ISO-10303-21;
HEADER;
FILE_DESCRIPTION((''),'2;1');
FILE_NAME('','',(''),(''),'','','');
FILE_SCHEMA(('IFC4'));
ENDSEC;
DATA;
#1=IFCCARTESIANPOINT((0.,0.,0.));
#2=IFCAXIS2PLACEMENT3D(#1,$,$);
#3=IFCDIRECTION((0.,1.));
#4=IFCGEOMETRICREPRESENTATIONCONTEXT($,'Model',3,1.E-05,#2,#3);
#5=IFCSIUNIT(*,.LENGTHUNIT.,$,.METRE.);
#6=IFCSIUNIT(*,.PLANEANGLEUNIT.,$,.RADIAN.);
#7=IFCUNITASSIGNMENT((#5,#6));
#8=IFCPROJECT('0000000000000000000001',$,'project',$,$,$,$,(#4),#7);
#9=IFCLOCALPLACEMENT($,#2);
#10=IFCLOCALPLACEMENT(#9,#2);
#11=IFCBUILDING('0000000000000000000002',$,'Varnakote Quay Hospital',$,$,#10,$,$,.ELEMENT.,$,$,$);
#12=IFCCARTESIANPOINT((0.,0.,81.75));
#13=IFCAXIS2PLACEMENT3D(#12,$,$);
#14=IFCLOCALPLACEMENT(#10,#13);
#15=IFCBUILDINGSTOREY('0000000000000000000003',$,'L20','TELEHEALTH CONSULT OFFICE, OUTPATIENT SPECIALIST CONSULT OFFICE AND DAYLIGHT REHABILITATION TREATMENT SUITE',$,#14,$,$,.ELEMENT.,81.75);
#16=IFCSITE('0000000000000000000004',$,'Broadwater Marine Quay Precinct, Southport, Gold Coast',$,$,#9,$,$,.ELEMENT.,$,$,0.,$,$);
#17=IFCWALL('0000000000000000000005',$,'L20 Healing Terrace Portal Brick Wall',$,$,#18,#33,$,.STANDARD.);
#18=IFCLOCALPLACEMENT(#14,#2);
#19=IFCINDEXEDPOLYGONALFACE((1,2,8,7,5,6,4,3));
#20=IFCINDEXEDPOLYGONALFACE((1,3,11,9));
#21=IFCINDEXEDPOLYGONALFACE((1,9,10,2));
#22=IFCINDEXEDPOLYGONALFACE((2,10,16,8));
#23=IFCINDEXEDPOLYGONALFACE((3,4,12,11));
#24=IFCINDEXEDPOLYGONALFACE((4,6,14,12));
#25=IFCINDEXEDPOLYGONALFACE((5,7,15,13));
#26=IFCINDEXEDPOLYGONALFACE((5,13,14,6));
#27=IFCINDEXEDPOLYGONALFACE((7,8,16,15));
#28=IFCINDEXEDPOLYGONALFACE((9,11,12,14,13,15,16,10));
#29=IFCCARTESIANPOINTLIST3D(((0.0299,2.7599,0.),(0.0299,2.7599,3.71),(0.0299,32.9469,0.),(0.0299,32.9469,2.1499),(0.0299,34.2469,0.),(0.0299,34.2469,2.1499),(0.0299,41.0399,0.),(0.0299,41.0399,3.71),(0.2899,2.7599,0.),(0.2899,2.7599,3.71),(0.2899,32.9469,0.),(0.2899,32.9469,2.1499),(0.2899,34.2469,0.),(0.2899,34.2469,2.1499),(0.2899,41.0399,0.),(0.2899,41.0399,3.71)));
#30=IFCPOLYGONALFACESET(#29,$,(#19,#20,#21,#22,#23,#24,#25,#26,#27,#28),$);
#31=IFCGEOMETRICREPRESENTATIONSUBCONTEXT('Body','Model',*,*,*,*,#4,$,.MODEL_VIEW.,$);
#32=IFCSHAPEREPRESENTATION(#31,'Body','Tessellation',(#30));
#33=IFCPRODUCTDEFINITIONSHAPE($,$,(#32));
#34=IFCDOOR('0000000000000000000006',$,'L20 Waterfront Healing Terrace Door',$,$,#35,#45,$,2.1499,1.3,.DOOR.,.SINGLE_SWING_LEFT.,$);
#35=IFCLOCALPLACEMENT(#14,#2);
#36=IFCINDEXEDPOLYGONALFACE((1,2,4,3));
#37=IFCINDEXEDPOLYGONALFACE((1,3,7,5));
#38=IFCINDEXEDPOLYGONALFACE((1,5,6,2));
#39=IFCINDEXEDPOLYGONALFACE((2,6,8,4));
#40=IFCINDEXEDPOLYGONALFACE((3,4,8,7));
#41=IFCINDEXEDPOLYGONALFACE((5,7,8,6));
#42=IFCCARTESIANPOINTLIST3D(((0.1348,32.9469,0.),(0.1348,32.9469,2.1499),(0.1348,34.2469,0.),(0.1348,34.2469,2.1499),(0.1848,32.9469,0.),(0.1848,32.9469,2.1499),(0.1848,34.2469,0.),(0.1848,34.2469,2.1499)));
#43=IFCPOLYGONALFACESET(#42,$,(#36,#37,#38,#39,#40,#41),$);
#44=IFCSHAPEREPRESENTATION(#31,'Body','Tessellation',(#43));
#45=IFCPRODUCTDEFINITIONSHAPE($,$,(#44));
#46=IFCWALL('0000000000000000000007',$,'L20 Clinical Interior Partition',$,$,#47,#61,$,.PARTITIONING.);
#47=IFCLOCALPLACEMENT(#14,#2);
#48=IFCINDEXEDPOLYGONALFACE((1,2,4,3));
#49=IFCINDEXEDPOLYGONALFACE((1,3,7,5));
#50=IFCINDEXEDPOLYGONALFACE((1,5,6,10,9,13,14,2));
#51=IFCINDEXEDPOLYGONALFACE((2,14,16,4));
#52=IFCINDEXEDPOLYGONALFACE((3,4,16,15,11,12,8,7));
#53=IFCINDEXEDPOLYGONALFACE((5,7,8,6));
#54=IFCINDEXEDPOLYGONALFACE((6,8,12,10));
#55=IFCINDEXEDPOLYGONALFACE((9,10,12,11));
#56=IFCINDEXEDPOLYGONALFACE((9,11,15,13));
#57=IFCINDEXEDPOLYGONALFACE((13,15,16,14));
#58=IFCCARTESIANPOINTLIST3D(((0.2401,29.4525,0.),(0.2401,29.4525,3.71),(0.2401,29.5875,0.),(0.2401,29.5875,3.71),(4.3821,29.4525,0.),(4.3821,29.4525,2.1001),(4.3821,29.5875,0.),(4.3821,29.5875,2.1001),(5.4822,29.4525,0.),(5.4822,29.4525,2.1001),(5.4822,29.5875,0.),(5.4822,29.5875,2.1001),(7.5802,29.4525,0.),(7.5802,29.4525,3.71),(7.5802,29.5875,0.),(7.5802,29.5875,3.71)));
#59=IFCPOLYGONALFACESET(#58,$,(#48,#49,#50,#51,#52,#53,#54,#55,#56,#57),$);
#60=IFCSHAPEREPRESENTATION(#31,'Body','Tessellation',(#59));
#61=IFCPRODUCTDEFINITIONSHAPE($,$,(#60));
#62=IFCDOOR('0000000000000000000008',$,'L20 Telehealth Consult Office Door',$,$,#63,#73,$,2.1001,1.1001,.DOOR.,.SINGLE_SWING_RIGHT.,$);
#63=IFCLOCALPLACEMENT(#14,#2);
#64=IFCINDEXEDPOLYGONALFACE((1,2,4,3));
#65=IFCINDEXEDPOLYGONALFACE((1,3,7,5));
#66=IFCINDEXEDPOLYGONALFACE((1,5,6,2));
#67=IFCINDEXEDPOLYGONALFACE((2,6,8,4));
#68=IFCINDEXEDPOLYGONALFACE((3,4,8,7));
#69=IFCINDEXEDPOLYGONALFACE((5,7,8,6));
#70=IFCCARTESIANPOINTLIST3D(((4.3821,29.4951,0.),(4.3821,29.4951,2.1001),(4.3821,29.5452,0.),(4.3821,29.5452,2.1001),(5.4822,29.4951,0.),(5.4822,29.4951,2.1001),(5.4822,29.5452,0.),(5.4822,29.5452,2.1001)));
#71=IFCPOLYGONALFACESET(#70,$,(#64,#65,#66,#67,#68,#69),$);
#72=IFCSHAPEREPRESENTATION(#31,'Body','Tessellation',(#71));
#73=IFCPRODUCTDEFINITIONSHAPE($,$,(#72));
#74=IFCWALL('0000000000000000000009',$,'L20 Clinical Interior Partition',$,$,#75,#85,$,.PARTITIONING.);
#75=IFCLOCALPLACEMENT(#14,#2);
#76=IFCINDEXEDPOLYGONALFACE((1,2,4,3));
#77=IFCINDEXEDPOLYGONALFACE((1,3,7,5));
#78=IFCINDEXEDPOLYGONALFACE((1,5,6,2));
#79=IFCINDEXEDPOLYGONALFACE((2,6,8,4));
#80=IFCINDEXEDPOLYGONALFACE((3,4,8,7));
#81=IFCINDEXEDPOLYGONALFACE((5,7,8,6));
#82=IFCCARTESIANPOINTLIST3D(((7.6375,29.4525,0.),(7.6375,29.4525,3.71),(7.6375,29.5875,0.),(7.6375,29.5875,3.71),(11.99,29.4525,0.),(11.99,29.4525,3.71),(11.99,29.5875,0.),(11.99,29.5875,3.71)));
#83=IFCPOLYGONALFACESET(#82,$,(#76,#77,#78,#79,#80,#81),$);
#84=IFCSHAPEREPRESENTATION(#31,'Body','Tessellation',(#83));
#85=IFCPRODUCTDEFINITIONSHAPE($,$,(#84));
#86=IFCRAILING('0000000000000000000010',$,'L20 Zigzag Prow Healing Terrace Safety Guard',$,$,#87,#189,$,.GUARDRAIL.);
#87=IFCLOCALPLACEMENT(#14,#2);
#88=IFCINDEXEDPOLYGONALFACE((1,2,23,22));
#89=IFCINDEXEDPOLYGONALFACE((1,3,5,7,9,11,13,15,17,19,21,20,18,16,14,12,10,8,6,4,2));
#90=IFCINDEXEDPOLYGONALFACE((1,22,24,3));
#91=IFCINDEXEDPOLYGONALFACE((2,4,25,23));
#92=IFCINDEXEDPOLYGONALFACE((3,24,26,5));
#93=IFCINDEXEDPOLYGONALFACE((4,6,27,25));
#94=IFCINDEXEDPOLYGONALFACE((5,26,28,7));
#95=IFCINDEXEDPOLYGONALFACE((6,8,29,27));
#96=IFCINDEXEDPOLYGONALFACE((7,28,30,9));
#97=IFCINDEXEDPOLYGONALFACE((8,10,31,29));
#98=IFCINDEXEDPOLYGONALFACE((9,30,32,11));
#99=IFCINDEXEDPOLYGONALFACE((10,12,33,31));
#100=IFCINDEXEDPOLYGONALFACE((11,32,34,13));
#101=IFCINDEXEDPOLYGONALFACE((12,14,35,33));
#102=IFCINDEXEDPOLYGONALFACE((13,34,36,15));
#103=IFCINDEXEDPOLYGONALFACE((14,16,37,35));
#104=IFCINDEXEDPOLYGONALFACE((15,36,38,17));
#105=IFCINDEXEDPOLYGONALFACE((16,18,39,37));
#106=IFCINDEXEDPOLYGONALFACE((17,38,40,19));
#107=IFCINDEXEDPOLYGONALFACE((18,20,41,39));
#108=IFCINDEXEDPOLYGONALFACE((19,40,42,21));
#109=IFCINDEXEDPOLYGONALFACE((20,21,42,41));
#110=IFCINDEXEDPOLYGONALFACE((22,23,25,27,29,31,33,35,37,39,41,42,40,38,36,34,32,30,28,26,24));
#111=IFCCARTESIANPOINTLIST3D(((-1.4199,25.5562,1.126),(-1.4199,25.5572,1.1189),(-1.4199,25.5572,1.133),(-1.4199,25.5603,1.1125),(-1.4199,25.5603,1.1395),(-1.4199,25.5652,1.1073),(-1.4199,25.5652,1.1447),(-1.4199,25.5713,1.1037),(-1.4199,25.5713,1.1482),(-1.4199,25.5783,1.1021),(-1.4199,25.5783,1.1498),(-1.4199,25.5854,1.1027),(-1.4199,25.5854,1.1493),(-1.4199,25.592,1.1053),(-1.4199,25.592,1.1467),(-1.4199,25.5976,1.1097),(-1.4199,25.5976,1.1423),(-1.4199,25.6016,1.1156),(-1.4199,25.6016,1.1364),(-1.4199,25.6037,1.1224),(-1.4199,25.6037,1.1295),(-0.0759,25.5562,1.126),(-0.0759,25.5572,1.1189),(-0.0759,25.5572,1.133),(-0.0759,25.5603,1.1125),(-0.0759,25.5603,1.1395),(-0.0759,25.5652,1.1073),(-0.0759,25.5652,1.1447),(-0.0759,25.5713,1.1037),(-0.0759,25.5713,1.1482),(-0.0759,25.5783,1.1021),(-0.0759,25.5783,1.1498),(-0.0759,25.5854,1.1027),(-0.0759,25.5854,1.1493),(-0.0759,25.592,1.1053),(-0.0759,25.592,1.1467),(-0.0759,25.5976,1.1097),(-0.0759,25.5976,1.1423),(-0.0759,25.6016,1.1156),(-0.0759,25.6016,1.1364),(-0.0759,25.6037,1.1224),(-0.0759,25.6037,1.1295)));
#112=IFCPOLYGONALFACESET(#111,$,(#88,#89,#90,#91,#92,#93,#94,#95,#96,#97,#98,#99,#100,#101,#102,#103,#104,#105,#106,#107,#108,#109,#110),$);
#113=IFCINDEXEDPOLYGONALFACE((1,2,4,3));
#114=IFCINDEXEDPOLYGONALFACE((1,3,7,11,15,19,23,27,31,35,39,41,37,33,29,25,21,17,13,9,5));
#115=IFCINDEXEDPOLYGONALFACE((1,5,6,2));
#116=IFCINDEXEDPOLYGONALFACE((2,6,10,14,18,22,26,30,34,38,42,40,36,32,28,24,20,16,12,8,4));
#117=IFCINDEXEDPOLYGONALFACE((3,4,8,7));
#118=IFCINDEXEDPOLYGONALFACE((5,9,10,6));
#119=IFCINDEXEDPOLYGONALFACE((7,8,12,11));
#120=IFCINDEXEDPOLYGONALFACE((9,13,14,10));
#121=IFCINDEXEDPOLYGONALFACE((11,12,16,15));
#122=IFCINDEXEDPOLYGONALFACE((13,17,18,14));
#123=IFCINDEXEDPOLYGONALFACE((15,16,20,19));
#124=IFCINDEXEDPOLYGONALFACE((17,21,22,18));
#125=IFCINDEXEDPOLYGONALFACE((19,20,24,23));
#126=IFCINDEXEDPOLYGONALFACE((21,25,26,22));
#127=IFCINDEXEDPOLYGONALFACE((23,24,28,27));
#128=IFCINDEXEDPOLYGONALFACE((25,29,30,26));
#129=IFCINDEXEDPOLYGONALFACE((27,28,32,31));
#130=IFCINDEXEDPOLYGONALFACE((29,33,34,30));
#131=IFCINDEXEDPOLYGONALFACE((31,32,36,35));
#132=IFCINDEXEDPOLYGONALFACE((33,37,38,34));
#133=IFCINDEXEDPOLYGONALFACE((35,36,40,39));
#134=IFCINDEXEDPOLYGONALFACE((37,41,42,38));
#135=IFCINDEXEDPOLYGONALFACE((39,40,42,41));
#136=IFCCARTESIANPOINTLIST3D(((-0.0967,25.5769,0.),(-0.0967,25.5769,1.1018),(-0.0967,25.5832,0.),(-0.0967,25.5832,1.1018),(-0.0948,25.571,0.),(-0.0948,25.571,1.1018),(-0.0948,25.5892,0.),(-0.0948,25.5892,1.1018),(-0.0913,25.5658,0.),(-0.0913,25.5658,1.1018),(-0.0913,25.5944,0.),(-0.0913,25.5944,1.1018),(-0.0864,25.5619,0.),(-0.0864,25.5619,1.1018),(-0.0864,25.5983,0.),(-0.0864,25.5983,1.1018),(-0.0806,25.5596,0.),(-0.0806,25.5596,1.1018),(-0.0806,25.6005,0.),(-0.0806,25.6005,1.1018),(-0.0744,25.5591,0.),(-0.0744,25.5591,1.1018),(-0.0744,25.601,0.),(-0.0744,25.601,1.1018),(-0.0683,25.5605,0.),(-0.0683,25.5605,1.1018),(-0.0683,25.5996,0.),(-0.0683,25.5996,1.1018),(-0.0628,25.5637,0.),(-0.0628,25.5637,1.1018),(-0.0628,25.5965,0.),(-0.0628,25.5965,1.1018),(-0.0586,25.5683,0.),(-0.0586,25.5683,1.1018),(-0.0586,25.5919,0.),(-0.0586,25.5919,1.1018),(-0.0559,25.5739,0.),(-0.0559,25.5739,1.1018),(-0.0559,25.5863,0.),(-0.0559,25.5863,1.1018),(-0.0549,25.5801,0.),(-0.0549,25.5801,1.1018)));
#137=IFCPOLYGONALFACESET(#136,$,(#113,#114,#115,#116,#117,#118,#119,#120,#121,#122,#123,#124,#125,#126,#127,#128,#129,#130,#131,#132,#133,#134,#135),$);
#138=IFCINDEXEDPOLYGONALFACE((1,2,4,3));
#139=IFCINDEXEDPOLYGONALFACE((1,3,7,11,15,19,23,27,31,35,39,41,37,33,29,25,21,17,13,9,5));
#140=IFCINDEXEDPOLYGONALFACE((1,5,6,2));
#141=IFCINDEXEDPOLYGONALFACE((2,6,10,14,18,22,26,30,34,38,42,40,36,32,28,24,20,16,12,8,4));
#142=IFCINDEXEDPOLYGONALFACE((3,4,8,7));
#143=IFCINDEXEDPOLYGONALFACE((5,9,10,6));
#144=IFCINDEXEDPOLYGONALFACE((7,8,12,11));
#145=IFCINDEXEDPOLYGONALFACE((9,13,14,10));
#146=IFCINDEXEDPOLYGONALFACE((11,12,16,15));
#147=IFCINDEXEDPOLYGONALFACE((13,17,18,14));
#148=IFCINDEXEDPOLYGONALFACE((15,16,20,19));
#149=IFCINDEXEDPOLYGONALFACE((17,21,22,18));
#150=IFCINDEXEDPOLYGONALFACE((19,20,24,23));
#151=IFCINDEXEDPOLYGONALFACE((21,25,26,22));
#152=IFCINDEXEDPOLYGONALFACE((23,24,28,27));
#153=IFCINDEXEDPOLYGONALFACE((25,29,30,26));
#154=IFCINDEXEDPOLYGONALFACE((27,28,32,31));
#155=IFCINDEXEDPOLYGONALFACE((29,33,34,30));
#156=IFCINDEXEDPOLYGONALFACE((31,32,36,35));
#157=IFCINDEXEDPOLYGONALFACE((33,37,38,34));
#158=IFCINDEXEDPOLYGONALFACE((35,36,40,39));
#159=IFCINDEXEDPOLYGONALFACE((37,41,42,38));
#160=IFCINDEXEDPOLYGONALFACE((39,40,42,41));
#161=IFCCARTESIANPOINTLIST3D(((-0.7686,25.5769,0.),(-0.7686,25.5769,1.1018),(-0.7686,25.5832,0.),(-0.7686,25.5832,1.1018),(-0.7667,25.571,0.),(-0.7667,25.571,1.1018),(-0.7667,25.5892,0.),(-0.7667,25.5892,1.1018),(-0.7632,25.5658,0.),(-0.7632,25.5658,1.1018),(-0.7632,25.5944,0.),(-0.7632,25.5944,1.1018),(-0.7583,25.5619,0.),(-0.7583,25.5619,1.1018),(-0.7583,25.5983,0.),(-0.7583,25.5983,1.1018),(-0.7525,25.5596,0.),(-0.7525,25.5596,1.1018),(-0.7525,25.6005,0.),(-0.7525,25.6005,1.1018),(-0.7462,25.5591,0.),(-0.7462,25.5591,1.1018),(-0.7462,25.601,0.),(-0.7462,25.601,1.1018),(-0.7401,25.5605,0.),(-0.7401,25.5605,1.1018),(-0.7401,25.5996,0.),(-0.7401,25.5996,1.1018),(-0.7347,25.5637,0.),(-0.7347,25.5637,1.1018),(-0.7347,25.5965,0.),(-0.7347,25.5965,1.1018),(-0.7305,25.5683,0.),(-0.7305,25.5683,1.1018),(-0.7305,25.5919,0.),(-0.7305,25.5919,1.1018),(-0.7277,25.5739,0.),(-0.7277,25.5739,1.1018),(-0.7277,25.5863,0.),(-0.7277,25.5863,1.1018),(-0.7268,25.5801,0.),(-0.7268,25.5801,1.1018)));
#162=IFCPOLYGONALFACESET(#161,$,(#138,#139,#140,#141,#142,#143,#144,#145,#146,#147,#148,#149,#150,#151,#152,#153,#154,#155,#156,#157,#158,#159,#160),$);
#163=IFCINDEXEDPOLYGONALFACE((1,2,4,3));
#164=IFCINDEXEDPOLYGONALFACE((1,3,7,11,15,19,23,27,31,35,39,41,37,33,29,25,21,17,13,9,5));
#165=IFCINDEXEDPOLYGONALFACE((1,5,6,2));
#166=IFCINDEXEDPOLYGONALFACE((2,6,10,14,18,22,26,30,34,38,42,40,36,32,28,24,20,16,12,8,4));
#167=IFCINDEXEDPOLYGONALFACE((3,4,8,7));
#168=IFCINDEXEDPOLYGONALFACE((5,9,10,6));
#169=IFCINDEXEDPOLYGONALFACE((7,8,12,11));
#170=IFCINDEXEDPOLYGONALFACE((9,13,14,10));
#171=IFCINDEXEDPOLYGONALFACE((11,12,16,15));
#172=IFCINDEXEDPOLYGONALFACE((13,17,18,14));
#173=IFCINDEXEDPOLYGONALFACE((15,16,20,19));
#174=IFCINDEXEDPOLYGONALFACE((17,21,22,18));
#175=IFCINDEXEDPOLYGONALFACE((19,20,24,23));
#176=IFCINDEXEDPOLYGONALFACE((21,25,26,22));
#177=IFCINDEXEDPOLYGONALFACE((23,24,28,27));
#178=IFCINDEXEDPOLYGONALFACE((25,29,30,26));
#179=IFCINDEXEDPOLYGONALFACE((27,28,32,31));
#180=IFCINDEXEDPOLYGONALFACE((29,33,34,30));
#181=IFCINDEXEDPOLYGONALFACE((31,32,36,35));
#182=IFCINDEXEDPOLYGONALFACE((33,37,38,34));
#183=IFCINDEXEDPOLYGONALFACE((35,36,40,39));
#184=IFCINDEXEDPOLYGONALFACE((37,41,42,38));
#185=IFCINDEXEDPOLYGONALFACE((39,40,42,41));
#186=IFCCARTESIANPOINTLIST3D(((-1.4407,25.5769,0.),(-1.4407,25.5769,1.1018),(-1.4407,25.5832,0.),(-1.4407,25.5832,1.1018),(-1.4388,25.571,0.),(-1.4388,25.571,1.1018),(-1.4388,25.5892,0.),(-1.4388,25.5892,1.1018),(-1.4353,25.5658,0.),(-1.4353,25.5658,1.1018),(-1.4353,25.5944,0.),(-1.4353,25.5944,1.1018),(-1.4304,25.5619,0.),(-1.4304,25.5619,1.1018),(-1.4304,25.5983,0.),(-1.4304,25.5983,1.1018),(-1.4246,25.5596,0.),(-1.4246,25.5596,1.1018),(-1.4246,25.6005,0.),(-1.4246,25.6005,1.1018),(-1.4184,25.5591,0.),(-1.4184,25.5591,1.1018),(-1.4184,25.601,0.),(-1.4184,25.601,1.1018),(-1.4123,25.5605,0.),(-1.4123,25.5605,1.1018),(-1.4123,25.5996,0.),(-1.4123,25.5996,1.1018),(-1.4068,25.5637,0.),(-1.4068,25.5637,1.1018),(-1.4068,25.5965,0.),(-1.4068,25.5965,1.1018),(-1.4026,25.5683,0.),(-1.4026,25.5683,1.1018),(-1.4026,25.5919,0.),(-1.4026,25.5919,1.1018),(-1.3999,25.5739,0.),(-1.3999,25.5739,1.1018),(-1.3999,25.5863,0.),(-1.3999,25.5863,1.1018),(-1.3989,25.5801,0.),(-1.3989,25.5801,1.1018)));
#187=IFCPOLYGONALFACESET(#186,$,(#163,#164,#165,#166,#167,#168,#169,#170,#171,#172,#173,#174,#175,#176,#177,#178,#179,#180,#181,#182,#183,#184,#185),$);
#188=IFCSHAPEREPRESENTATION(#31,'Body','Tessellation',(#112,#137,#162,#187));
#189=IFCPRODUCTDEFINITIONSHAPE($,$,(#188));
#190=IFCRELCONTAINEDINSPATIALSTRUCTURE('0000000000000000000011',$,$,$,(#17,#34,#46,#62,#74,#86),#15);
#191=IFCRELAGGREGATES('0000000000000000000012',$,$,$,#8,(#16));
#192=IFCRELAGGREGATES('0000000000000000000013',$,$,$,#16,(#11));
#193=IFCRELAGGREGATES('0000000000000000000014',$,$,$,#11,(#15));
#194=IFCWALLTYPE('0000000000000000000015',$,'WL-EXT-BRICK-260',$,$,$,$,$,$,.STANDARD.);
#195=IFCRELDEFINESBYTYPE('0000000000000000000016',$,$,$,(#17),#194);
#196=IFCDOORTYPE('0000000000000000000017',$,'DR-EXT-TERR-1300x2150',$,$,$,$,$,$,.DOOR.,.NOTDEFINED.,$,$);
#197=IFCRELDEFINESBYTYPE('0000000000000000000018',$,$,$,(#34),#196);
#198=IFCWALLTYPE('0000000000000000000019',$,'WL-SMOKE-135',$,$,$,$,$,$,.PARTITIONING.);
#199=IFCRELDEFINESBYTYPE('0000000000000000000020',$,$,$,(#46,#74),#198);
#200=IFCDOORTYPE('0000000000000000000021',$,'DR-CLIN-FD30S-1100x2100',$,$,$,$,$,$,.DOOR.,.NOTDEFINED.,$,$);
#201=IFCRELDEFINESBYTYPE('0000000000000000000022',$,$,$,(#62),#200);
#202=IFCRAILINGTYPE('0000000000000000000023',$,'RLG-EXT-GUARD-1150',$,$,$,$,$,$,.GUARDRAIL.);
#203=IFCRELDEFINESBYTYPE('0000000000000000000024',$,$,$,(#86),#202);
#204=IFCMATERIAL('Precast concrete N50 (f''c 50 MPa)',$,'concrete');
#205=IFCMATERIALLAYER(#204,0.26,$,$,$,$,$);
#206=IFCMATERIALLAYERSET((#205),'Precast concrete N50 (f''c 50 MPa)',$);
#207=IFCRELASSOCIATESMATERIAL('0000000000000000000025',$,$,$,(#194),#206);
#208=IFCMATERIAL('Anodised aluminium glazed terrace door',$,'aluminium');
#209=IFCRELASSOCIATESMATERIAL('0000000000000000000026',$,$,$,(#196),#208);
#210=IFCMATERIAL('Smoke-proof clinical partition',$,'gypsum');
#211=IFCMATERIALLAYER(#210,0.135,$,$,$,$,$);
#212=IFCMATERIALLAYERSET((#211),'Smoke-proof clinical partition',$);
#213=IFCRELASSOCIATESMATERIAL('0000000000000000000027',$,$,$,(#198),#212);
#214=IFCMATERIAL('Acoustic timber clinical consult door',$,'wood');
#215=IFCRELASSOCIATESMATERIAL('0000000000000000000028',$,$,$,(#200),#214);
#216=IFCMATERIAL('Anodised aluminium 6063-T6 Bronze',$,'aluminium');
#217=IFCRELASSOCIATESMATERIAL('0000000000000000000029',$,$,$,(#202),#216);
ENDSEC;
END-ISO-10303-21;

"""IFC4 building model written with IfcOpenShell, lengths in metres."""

from ifc_helpers import new_model, si_unit, direction, frame, frame_2d, origin, origin_2d, place, context, subcontext, project, spatial, rectangle, circle, extrude, material, layer, layer_set, type_object, element, fill, save


model = new_model("IFC4")

# Units and contexts
model_context = context("Model", 3, precision=1e-05, world=origin(), true_north=direction((0.0, 1.0)))
body_context = subcontext(model_context, "Body", "Model", "MODEL_VIEW")
ifc_project = project(units=[si_unit("LENGTHUNIT", "METRE"), si_unit("PLANEANGLEUNIT", "RADIAN")], contexts=[model_context])

# Site, building, storey
site_placement = place(None, origin())
site = spatial("IfcSite", under=ifc_project, at=site_placement, Name="Broadwater Marine Quay Precinct, Southport, Gold Coast", CompositionType="ELEMENT", RefElevation=0.0)
building_placement = place(site_placement, origin())
building = spatial("IfcBuilding", under=site, at=building_placement, Name="Varnakote Quay Hospital", CompositionType="ELEMENT")
storey_placement = place(building_placement, frame((0.0, 0.0, 81.75)))
storey = spatial("IfcBuildingStorey", under=building, at=storey_placement, Name="L20", Description="TELEHEALTH CONSULT OFFICE, OUTPATIENT SPECIALIST CONSULT OFFICE AND DAYLIGHT REHABILITATION TREATMENT SUITE", CompositionType="ELEMENT", Elevation=81.75)

# Shared definitions
ifc_material_1 = material(Name="Precast concrete N50 (f'c 50 MPa)", Category="concrete")
ifc_layer_1 = layer(ifc_material_1, 0.26)
ifc_layer_set_1 = layer_set([ifc_layer_1], Name="Precast concrete N50 (f'c 50 MPa)")
wall_type_1 = type_object("IfcWallType", Name="WL-EXT-BRICK-260", PredefinedType="STANDARD", material=ifc_layer_set_1)

# Walls, openings, doors
wall_1_placement = place(storey_placement, frame((0.1599, 41.04, 0.0), z_axis=(0.0, 0.0, 1.0), x_axis=(0.0, -1.0, 0.0)))
wall_1 = element("IfcWall", 1, at=wall_1_placement, inside=storey, type_object=wall_type_1, Name="L20 Healing Terrace Portal Brick Wall", PredefinedType="STANDARD", context=body_context, shape_type="SweptSolid", body=[
    extrude(rectangle(XDim=38.28, YDim=0.26, at=frame_2d((19.1401, 0.0))), origin(), (0.0, 0.0, 1.0), 3.71),
])
opening_1_placement = place(wall_1_placement, frame((6.7932, 0.0, 0.0)))
opening_1 = element("IfcOpeningElement", 2, at=opening_1_placement, cuts=wall_1, PredefinedType="OPENING", context=body_context, shape_type="SweptSolid", body=[
    extrude(rectangle(XDim=1.3, YDim=2.1499, at=frame_2d((0.6499, 1.075))), frame((0.0, 0.1399, 0.0), z_axis=(0.0, -1.0, 0.0), x_axis=(1.0, 0.0, 0.0)), (0.0, 0.0, 1.0), 0.28),
])
ifc_material_2 = material(Name="Anodised aluminium glazed terrace door", Category="aluminium")
door_type_1 = type_object("IfcDoorType", Name="DR-EXT-TERR-1300x2150", OperationType="NOTDEFINED", PredefinedType="DOOR", material=ifc_material_2)
door_1_placement = place(opening_1_placement, origin())
door_1 = element("IfcDoor", 3, at=door_1_placement, inside=storey, type_object=door_type_1, Name="L20 Waterfront Healing Terrace Door", OperationType="SINGLE_SWING_LEFT", OverallHeight=2.1499, OverallWidth=1.3, PredefinedType="DOOR", context=body_context, shape_type="SweptSolid", body=[
    extrude(rectangle(XDim=1.3, YDim=2.1499, at=frame_2d((0.6499, 1.075))), frame((0.0, 0.0249, 0.0), z_axis=(0.0, -1.0, 0.0), x_axis=(1.0, 0.0, 0.0)), (0.0, 0.0, 1.0), 0.05),
])
fill(opening_1, door_1)
ifc_material_3 = material(Name="Smoke-proof clinical partition", Category="gypsum")
ifc_layer_2 = layer(ifc_material_3, 0.135)
ifc_layer_set_2 = layer_set([ifc_layer_2], Name="Smoke-proof clinical partition")
wall_type_2 = type_object("IfcWallType", Name="WL-SMOKE-135", PredefinedType="PARTITIONING", material=ifc_layer_set_2)
wall_2_placement = place(storey_placement, frame((7.5801, 29.52, 0.0), z_axis=(0.0, 0.0, 1.0), x_axis=(-1.0, 0.0, 0.0)))
wall_2 = element("IfcWall", 4, at=wall_2_placement, inside=storey, type_object=wall_type_2, Name="L20 Clinical Interior Partition", PredefinedType="PARTITIONING", context=body_context, shape_type="SweptSolid", body=[
    extrude(rectangle(XDim=7.3401, YDim=0.135, at=frame_2d((3.6699, 0.0))), origin(), (0.0, 0.0, 1.0), 3.71),
])
opening_2_placement = place(wall_2_placement, frame((2.0979, 0.0, 0.0)))
opening_2 = element("IfcOpeningElement", 5, at=opening_2_placement, cuts=wall_2, PredefinedType="OPENING", context=body_context, shape_type="SweptSolid", body=[
    extrude(rectangle(XDim=1.1001, YDim=2.1001, at=frame_2d((0.55, 1.05))), frame((0.0, 0.0774, 0.0), z_axis=(0.0, -1.0, 0.0), x_axis=(1.0, 0.0, 0.0)), (0.0, 0.0, 1.0), 0.155),
])
ifc_material_4 = material(Name="Acoustic timber clinical consult door", Category="wood")
door_type_2 = type_object("IfcDoorType", Name="DR-CLIN-FD30S-1100x2100", OperationType="NOTDEFINED", PredefinedType="DOOR", material=ifc_material_4)
door_2_placement = place(opening_2_placement, origin())
door_2 = element("IfcDoor", 6, at=door_2_placement, inside=storey, type_object=door_type_2, Name="L20 Telehealth Consult Office Door", OperationType="SINGLE_SWING_RIGHT", OverallHeight=2.1001, OverallWidth=1.1001, PredefinedType="DOOR", context=body_context, shape_type="SweptSolid", body=[
    extrude(rectangle(XDim=1.1001, YDim=2.1001, at=frame_2d((0.55, 1.05))), frame((0.0, 0.0249, 0.0), z_axis=(0.0, -1.0, 0.0), x_axis=(1.0, 0.0, 0.0)), (0.0, 0.0, 1.0), 0.05),
])
fill(opening_2, door_2)

# Wall
wall_3_placement = place(storey_placement, frame((11.99, 29.52, 0.0), z_axis=(0.0, 0.0, 1.0), x_axis=(-1.0, 0.0, 0.0)))
element("IfcWall", 7, at=wall_3_placement, inside=storey, type_object=wall_type_2, Name="L20 Clinical Interior Partition", PredefinedType="PARTITIONING", context=body_context, shape_type="SweptSolid", body=[
    extrude(rectangle(XDim=4.3525, YDim=0.135, at=frame_2d((2.1763, 0.0))), origin(), (0.0, 0.0, 1.0), 3.71),
])

# Railing
ifc_material_5 = material(Name="Anodised aluminium 6063-T6 Bronze", Category="aluminium")
railing_type = type_object("IfcRailingType", Name="RLG-EXT-GUARD-1150", PredefinedType="GUARDRAIL", material=ifc_material_5)
railing_1_placement = place(storey_placement, frame((-0.0759, 25.5801, 0.0)))
element("IfcRailing", 8, at=railing_1_placement, inside=storey, type_object=railing_type, Name="L20 Zigzag Prow Healing Terrace Safety Guard", PredefinedType="GUARDRAIL", context=body_context, shape_type="SweptSolid", body=[
    extrude(circle(Radius=0.0239, at=origin_2d()), frame((0.0, 0.0, 1.126), z_axis=(-1.0, 0.0, 0.0), x_axis=(0.0, -1.0, 0.0)), (0.0, 0.0, 1.0), 1.344),
    extrude(circle(Radius=0.021, at=origin_2d()), origin(), (0.0, 0.0, 1.0), 1.1018),
    extrude(circle(Radius=0.021, at=origin_2d()), frame((-0.6719, 0.0, 0.0)), (0.0, 0.0, 1.0), 1.1018),
    extrude(circle(Radius=0.021, at=origin_2d()), frame((-1.344, 0.0, 0.0)), (0.0, 0.0, 1.0), 1.1018),
])

save(model, "model.ifc")
